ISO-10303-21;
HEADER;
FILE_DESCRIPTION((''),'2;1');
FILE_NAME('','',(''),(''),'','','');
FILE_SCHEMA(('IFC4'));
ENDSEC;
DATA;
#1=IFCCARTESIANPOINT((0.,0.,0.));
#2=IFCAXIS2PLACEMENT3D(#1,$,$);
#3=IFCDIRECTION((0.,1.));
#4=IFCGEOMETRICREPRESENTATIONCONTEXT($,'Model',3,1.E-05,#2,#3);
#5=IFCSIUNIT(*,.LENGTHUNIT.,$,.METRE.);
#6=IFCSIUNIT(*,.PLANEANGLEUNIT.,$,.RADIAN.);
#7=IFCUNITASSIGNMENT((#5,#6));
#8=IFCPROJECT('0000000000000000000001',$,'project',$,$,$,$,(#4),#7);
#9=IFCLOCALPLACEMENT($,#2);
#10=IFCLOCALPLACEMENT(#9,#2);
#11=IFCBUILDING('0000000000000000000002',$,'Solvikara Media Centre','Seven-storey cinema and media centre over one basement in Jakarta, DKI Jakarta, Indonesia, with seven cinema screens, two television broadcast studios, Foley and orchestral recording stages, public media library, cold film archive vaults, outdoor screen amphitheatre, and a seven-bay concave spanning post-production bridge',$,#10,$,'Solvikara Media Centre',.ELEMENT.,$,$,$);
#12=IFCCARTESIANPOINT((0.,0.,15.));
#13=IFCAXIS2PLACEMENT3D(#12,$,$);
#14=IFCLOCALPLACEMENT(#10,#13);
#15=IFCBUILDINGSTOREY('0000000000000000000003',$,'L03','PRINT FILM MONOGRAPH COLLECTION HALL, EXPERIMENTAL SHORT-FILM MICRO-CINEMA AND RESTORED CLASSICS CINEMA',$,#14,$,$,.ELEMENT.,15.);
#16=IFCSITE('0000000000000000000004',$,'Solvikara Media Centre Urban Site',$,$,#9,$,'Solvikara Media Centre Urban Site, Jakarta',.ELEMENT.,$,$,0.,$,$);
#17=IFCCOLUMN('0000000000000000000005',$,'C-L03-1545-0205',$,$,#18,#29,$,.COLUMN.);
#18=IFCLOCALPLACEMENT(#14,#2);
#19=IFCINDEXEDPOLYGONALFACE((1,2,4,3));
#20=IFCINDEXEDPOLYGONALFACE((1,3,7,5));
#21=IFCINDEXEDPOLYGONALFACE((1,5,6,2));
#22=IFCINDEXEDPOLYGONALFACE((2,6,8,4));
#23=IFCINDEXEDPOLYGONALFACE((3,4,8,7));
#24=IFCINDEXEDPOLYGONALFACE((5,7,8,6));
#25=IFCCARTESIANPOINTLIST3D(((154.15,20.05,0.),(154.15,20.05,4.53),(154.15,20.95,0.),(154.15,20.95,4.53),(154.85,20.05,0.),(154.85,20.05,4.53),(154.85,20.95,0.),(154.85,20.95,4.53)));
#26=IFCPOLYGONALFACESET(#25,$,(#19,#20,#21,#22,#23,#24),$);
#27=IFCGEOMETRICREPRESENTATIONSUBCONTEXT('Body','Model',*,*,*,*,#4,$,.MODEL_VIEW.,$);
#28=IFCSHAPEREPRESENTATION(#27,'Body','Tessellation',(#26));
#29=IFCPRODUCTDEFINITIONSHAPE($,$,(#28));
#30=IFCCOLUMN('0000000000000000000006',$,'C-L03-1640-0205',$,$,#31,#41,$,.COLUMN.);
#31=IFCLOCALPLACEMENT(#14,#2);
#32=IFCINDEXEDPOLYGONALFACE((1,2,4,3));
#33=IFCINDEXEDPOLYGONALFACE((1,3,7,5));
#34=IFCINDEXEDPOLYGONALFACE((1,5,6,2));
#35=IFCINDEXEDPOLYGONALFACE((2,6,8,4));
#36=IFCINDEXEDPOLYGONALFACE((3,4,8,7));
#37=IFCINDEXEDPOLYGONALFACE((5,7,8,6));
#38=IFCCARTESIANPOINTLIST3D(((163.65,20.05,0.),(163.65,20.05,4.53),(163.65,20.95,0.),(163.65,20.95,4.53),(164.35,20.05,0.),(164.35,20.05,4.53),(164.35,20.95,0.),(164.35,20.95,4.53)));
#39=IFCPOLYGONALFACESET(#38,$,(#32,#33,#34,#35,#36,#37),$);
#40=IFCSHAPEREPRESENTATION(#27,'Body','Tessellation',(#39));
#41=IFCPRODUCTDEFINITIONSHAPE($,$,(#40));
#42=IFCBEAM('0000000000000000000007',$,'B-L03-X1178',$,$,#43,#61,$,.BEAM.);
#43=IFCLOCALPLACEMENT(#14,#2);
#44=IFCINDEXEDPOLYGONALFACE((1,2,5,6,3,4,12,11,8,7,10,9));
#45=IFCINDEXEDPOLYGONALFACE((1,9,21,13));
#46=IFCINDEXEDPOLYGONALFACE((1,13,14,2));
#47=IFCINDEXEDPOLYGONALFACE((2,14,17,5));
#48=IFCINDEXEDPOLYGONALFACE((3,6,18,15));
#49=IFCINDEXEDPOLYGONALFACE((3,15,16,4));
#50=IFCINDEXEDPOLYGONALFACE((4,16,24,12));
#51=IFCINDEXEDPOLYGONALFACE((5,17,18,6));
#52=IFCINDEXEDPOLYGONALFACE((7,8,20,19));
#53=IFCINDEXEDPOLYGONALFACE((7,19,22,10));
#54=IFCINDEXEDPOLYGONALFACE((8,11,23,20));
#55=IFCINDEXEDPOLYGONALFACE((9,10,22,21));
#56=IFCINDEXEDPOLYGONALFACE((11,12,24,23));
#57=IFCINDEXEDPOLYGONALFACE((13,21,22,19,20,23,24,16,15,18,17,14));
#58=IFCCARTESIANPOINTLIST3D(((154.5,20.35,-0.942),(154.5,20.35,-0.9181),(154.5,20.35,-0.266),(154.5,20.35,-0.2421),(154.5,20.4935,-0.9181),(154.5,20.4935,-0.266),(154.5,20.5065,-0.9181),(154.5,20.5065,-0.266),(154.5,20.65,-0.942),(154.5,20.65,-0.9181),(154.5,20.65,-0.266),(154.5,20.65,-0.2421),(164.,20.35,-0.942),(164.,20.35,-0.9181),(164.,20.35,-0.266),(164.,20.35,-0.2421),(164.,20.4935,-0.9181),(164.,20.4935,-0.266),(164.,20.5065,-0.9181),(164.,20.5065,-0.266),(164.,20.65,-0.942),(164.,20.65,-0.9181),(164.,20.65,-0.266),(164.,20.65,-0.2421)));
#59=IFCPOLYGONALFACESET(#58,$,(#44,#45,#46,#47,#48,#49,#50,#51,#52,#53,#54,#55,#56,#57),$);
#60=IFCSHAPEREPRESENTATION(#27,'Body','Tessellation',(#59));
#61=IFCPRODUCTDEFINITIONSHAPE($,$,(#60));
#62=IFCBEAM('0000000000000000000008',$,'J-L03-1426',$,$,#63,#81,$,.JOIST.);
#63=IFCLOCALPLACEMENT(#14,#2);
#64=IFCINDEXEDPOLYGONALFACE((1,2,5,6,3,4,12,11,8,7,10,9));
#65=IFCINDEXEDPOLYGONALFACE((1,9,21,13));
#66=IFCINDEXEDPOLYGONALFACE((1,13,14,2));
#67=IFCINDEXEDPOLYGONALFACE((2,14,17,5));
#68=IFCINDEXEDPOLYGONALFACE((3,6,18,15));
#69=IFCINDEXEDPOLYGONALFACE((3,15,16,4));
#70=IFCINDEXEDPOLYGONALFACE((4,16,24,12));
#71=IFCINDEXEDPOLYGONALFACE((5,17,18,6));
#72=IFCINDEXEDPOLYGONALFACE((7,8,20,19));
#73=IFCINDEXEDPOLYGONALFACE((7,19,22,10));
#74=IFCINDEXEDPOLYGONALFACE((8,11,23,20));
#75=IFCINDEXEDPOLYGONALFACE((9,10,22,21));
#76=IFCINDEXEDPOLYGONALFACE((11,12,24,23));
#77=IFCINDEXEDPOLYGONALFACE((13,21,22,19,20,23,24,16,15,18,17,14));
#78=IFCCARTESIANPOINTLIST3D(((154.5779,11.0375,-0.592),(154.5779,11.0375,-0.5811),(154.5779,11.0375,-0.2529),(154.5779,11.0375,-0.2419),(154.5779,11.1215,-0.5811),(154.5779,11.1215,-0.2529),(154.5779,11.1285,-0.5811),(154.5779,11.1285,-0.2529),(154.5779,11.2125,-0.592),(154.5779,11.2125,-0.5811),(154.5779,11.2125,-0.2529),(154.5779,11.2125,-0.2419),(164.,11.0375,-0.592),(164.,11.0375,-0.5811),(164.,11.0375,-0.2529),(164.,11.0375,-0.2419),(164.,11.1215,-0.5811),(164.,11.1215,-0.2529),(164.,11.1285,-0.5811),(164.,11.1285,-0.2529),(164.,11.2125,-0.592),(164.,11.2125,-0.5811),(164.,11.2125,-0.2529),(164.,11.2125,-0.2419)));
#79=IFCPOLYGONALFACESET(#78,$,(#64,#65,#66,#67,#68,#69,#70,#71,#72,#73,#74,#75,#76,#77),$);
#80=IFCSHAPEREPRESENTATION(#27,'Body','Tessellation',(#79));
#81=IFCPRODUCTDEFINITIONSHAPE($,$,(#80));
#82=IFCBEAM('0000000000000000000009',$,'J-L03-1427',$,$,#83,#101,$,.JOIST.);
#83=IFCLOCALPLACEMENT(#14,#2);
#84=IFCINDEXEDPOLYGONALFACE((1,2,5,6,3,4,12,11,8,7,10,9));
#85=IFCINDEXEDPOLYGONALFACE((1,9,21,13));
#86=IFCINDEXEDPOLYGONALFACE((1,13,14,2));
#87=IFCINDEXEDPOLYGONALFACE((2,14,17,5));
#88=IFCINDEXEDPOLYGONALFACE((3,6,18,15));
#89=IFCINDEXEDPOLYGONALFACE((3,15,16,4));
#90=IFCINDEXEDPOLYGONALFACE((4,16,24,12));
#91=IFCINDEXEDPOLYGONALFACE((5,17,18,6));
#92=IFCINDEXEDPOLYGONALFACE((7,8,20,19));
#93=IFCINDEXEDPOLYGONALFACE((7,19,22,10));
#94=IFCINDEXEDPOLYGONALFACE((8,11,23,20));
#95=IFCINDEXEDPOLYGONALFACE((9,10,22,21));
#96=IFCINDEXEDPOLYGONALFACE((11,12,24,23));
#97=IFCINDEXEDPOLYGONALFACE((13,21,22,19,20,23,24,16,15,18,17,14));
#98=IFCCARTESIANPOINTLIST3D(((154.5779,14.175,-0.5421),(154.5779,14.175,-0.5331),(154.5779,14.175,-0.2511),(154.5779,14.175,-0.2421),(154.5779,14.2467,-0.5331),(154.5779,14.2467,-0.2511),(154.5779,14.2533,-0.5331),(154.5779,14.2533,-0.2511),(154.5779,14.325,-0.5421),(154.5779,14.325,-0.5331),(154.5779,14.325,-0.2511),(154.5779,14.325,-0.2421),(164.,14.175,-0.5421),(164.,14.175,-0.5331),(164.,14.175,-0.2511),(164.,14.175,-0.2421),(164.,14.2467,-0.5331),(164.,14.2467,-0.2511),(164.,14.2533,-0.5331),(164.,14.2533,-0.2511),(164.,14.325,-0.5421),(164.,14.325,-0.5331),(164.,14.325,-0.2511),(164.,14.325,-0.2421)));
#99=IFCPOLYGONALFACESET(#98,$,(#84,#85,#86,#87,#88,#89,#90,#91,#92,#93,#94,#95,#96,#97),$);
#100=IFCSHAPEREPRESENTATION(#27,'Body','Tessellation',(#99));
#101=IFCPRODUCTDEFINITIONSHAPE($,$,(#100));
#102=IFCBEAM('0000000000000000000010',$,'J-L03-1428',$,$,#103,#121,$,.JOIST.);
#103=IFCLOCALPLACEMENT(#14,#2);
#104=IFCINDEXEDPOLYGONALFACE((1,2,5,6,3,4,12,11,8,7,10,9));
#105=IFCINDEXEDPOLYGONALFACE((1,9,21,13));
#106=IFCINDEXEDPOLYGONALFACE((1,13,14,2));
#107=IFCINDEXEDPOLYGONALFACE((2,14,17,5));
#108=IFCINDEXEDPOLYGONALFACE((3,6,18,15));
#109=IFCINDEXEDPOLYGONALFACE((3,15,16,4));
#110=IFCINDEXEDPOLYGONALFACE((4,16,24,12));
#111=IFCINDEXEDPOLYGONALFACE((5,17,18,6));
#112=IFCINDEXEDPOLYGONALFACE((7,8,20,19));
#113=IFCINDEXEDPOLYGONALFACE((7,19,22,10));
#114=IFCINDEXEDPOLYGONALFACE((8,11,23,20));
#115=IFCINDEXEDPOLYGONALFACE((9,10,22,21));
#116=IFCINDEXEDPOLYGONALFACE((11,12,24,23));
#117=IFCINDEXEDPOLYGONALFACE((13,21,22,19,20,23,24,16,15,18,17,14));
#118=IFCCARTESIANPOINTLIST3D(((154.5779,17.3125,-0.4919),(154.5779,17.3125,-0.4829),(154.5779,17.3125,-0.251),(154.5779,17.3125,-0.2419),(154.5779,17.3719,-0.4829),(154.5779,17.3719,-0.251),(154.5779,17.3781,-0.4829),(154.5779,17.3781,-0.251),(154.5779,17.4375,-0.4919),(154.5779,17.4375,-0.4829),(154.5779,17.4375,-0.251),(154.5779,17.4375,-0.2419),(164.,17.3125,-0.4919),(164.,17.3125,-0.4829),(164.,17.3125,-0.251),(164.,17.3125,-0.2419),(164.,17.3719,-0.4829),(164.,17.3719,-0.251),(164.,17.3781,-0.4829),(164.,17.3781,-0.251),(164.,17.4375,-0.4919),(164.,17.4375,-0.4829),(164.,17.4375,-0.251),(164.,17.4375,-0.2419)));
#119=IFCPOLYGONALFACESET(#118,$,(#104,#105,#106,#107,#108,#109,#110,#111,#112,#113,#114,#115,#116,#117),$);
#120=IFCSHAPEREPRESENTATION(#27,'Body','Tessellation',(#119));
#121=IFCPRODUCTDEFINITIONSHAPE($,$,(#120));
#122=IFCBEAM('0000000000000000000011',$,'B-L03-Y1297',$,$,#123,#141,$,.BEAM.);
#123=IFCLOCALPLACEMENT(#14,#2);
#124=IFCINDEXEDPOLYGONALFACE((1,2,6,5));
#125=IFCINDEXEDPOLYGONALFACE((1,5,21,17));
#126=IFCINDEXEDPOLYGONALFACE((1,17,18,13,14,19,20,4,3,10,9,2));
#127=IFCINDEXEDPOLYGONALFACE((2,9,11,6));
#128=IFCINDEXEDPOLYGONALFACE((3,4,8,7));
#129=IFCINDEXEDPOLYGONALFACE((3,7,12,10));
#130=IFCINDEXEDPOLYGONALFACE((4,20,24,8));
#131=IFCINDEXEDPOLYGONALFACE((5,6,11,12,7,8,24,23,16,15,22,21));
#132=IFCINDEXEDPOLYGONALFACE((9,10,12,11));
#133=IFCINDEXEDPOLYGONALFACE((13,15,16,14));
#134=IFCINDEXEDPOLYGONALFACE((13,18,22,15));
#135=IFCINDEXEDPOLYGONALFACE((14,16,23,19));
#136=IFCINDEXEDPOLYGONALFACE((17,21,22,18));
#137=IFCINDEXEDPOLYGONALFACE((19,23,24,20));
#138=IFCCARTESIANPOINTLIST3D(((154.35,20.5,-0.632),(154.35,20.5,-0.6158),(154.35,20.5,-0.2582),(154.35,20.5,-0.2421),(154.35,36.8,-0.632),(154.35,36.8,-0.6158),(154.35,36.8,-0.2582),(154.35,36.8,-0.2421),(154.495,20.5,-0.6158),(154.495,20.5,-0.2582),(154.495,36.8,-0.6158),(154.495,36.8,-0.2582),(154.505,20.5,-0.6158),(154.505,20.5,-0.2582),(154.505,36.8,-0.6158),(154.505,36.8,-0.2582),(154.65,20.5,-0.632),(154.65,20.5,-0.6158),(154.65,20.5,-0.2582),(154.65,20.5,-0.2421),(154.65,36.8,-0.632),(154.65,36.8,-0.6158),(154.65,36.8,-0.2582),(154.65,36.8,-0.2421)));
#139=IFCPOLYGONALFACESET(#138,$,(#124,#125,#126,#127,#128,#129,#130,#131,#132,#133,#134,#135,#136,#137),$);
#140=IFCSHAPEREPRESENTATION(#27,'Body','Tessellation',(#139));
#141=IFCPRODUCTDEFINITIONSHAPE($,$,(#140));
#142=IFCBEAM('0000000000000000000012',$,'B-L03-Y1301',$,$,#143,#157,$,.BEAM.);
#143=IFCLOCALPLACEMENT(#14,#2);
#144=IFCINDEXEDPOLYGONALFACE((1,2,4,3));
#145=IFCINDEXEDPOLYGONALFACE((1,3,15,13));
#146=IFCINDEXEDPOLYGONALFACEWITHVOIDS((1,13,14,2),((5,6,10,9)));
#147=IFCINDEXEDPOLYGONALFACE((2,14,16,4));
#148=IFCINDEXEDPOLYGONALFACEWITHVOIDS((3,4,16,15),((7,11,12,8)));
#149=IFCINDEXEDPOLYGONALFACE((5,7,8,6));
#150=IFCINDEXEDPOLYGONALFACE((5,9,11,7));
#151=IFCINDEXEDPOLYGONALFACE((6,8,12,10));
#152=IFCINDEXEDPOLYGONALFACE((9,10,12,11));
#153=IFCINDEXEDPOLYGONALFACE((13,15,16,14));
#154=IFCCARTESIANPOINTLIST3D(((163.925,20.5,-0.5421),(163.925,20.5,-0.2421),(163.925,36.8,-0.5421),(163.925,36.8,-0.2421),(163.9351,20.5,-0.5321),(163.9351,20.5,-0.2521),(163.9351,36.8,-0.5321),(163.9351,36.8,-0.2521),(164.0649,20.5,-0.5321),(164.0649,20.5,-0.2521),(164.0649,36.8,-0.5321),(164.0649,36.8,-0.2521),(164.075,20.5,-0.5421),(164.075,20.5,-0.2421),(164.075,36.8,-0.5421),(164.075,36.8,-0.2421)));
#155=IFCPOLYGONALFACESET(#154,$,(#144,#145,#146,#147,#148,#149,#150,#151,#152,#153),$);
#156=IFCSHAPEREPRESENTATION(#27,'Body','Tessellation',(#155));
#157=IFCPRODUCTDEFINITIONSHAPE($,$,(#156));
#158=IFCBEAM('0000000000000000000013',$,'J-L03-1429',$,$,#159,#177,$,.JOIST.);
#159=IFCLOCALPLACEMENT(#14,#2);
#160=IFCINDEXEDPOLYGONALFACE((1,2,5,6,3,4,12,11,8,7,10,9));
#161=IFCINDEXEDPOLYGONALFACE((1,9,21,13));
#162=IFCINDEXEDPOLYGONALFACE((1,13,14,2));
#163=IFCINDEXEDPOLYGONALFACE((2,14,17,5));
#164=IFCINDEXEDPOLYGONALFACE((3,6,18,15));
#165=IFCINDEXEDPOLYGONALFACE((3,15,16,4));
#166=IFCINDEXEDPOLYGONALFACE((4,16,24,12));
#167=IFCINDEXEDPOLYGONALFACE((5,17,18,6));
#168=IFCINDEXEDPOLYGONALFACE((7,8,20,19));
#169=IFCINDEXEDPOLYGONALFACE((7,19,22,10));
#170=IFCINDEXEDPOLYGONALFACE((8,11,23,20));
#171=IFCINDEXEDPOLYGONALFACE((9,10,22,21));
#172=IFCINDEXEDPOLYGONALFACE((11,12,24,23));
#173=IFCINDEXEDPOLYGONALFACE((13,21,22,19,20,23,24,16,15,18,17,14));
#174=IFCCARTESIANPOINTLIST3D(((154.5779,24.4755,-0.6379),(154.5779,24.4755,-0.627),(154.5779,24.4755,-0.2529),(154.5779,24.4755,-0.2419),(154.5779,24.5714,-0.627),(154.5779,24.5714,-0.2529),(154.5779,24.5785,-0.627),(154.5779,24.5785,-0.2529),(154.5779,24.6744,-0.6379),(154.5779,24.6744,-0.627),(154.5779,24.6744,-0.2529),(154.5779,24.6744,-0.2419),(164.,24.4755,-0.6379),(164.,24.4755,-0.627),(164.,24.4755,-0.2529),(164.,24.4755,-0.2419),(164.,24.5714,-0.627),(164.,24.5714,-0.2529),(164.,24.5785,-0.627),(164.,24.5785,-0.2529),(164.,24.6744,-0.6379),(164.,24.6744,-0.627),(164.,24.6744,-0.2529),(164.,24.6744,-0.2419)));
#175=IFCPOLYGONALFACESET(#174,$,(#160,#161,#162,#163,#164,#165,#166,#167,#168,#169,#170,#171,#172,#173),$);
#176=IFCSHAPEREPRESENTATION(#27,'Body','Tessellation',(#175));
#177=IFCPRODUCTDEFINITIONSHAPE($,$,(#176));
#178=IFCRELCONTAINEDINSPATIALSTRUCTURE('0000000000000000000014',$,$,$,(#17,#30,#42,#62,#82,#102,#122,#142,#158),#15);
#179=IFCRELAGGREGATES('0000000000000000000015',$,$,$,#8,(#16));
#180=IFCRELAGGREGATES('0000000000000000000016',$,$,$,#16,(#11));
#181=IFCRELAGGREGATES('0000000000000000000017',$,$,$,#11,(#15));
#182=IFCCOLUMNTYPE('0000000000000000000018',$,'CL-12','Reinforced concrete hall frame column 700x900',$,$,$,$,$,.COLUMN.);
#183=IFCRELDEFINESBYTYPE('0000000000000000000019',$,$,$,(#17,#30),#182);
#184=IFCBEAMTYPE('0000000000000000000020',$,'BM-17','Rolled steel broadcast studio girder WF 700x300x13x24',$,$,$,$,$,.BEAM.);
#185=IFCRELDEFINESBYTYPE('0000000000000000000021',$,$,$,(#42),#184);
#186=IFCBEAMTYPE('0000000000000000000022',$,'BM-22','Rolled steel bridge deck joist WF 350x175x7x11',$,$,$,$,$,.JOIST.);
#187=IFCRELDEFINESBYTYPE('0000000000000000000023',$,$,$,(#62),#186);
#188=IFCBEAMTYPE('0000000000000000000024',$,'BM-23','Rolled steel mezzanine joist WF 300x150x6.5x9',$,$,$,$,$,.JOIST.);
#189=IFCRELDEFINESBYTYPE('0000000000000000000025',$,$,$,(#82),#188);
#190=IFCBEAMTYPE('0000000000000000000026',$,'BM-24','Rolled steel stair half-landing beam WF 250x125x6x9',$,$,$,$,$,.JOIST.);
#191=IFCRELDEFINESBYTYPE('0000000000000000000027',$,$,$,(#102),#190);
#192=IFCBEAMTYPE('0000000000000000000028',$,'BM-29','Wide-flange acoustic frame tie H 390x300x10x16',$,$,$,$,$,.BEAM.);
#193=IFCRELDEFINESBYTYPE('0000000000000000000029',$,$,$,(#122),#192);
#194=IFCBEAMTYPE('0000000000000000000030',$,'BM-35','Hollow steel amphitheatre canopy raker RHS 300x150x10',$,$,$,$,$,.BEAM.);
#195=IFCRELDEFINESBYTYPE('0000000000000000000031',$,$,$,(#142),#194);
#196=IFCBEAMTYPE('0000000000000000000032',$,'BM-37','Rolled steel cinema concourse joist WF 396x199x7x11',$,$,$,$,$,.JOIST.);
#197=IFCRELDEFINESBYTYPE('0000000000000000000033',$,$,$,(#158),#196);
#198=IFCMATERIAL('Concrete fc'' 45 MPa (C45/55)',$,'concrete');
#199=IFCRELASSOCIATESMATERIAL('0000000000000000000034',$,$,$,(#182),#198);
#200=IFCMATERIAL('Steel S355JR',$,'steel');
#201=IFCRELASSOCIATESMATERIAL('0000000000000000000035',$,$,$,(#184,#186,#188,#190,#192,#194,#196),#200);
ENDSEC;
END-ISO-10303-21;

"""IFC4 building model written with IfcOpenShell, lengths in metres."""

from ifc_helpers import new_model, si_unit, direction, frame, origin, origin_2d, place, context, subcontext, project, spatial, rectangle, hollow_rectangle, i_section, extrude, material, material_profile, profile_set, type_object, element, save


model = new_model("IFC4")

# Units and contexts
model_context = context("Model", 3, precision=1e-05, world=origin(), true_north=direction((0.0, 1.0)))
body_context = subcontext(model_context, "Body", "Model", "MODEL_VIEW")
ifc_project = project(units=[si_unit("LENGTHUNIT", "METRE"), si_unit("PLANEANGLEUNIT", "RADIAN")], contexts=[model_context])

# Site, building, storey
site_placement = place(None, origin())
site = spatial("IfcSite", under=ifc_project, at=site_placement, Name="Solvikara Media Centre Urban Site", LongName="Solvikara Media Centre Urban Site, Jakarta", CompositionType="ELEMENT", RefElevation=0.0)
building_placement = place(site_placement, origin())
building = spatial("IfcBuilding", under=site, at=building_placement, Name="Solvikara Media Centre", Description="Seven-storey cinema and media centre over one basement in Jakarta, DKI Jakarta, Indonesia, with seven cinema screens, two television broadcast studios, Foley and orchestral recording stages, public media library, cold film archive vaults, outdoor screen amphitheatre, and a seven-bay concave spanning post-production bridge", LongName="Solvikara Media Centre", CompositionType="ELEMENT")
storey_placement = place(building_placement, frame((0.0, 0.0, 15.0)))
storey = spatial("IfcBuildingStorey", under=building, at=storey_placement, Name="L03", Description="PRINT FILM MONOGRAPH COLLECTION HALL, EXPERIMENTAL SHORT-FILM MICRO-CINEMA AND RESTORED CLASSICS CINEMA", CompositionType="ELEMENT", Elevation=15.0)

# Columns
ifc_material_1 = material(Name="Concrete fc' 45 MPa (C45/55)", Category="concrete")
ifc_material_profile_1 = material_profile(ifc_material_1, rectangle(XDim=0.7, YDim=0.8999, at=origin_2d()), Name="RC 700x900")
ifc_profile_set_1 = profile_set([ifc_material_profile_1], Name="Concrete fc' 45 MPa (C45/55)")
column_type = type_object("IfcColumnType", Name="CL-12", Description="Reinforced concrete hall frame column 700x900", PredefinedType="COLUMN", material=ifc_profile_set_1)
for number, where, z_axis, x_axis, name in (
    (1, (154.5, 20.5, 0.0), (0.0, 0.0, 1.0), (1.0, 0.0, 0.0), "C-L03-1545-0205"),
    (2, (164.0, 20.5, 0.0), (0.0, 0.0, 1.0), (1.0, 0.0, 0.0), "C-L03-1640-0205"),
):
    element("IfcColumn", number, at=place(storey_placement, frame(where, z_axis=z_axis, x_axis=x_axis)), inside=storey, type_object=column_type, Name=name, PredefinedType="COLUMN", context=body_context, shape_type="SweptSolid", body=[
        extrude(rectangle(XDim=0.7, YDim=0.8999, at=origin_2d()), origin(), (0.0, 0.0, 1.0), 4.53),
    ])

# Beams
ifc_material_2 = material(Name="Steel S355JR", Category="steel")
ifc_material_profile_2 = material_profile(ifc_material_2, i_section(OverallWidth=0.3, OverallDepth=0.7, WebThickness=0.0129, FlangeThickness=0.0239, at=origin_2d()), Name="WF 700x300x13x24")
ifc_profile_set_2 = profile_set([ifc_material_profile_2], Name="Steel S355JR")
beam_type_1 = type_object("IfcBeamType", Name="BM-17", Description="Rolled steel broadcast studio girder WF 700x300x13x24", PredefinedType="BEAM", material=ifc_profile_set_2)
beam_1_placement = place(storey_placement, frame((154.5, 20.5, -0.592), z_axis=(1.0, 0.0, 0.0), x_axis=(0.0, 1.0, 0.0)))
element("IfcBeam", 3, at=beam_1_placement, inside=storey, type_object=beam_type_1, Name="B-L03-X1178", PredefinedType="BEAM", context=body_context, shape_type="SweptSolid", body=[
    extrude(i_section(OverallWidth=0.3, OverallDepth=0.7, WebThickness=0.0129, FlangeThickness=0.0239, at=origin_2d()), origin(), (0.0, 0.0, 1.0), 9.5),
])
ifc_material_profile_3 = material_profile(ifc_material_2, i_section(OverallWidth=0.175, OverallDepth=0.3501, WebThickness=0.0071, FlangeThickness=0.011, at=origin_2d()), Name="WF 350x175x7x11")
ifc_profile_set_3 = profile_set([ifc_material_profile_3], Name="Steel S355JR")
beam_type_2 = type_object("IfcBeamType", Name="BM-22", Description="Rolled steel bridge deck joist WF 350x175x7x11", PredefinedType="JOIST", material=ifc_profile_set_3)
beam_2_placement = place(storey_placement, frame((154.5779, 11.125, -0.417), z_axis=(1.0, 0.0, 0.0), x_axis=(0.0, 1.0, 0.0)))
element("IfcBeam", 4, at=beam_2_placement, inside=storey, type_object=beam_type_2, Name="J-L03-1426", PredefinedType="JOIST", context=body_context, shape_type="SweptSolid", body=[
    extrude(i_section(OverallWidth=0.175, OverallDepth=0.3501, WebThickness=0.0071, FlangeThickness=0.011, at=origin_2d()), origin(), (0.0, 0.0, 1.0), 9.4221),
])
ifc_material_profile_4 = material_profile(ifc_material_2, i_section(OverallWidth=0.1499, OverallDepth=0.3, WebThickness=0.0066, FlangeThickness=0.009, at=origin_2d()), Name="WF 300x150x6.5x9")
ifc_profile_set_4 = profile_set([ifc_material_profile_4], Name="Steel S355JR")
beam_type_3 = type_object("IfcBeamType", Name="BM-23", Description="Rolled steel mezzanine joist WF 300x150x6.5x9", PredefinedType="JOIST", material=ifc_profile_set_4)
beam_3_placement = place(storey_placement, frame((154.5779, 14.25, -0.3921), z_axis=(1.0, 0.0, 0.0), x_axis=(0.0, 1.0, 0.0)))
element("IfcBeam", 5, at=beam_3_placement, inside=storey, type_object=beam_type_3, Name="J-L03-1427", PredefinedType="JOIST", context=body_context, shape_type="SweptSolid", body=[
    extrude(i_section(OverallWidth=0.1499, OverallDepth=0.3, WebThickness=0.0066, FlangeThickness=0.009, at=origin_2d()), origin(), (0.0, 0.0, 1.0), 9.4221),
])
ifc_material_profile_5 = material_profile(ifc_material_2, i_section(OverallWidth=0.125, OverallDepth=0.25, WebThickness=0.0061, FlangeThickness=0.009, at=origin_2d()), Name="WF 250x125x6x9")
ifc_profile_set_5 = profile_set([ifc_material_profile_5], Name="Steel S355JR")
beam_type_4 = type_object("IfcBeamType", Name="BM-24", Description="Rolled steel stair half-landing beam WF 250x125x6x9", PredefinedType="JOIST", material=ifc_profile_set_5)
beam_4_placement = place(storey_placement, frame((154.5779, 17.375, -0.3669), z_axis=(1.0, 0.0, 0.0), x_axis=(0.0, 1.0, 0.0)))
element("IfcBeam", 6, at=beam_4_placement, inside=storey, type_object=beam_type_4, Name="J-L03-1428", PredefinedType="JOIST", context=body_context, shape_type="SweptSolid", body=[
    extrude(i_section(OverallWidth=0.125, OverallDepth=0.25, WebThickness=0.0061, FlangeThickness=0.009, at=origin_2d()), origin(), (0.0, 0.0, 1.0), 9.4221),
])
ifc_material_profile_6 = material_profile(ifc_material_2, i_section(OverallWidth=0.3, OverallDepth=0.3899, WebThickness=0.01, FlangeThickness=0.0161, at=origin_2d()), Name="H 390x300x10x16")
ifc_profile_set_6 = profile_set([ifc_material_profile_6], Name="Steel S355JR")
beam_type_5 = type_object("IfcBeamType", Name="BM-29", Description="Wide-flange acoustic frame tie H 390x300x10x16", PredefinedType="BEAM", material=ifc_profile_set_6)
beam_5_placement = place(storey_placement, frame((154.5, 20.5, -0.437), z_axis=(0.0, 1.0, 0.0), x_axis=(-1.0, 0.0, 0.0)))
element("IfcBeam", 7, at=beam_5_placement, inside=storey, type_object=beam_type_5, Name="B-L03-Y1297", PredefinedType="BEAM", context=body_context, shape_type="SweptSolid", body=[
    extrude(i_section(OverallWidth=0.3, OverallDepth=0.3899, WebThickness=0.01, FlangeThickness=0.0161, at=origin_2d()), origin(), (0.0, 0.0, 1.0), 16.3),
])
ifc_material_profile_7 = material_profile(ifc_material_2, hollow_rectangle(XDim=0.1499, YDim=0.3, WallThickness=0.01, at=origin_2d()), Name="RHS 300x150x10")
ifc_profile_set_7 = profile_set([ifc_material_profile_7], Name="Steel S355JR")
beam_type_6 = type_object("IfcBeamType", Name="BM-35", Description="Hollow steel amphitheatre canopy raker RHS 300x150x10", PredefinedType="BEAM", material=ifc_profile_set_7)
beam_6_placement = place(storey_placement, frame((164.0, 20.5, -0.3921), z_axis=(0.0, 1.0, 0.0), x_axis=(-1.0, 0.0, 0.0)))
element("IfcBeam", 8, at=beam_6_placement, inside=storey, type_object=beam_type_6, Name="B-L03-Y1301", PredefinedType="BEAM", context=body_context, shape_type="SweptSolid", body=[
    extrude(hollow_rectangle(XDim=0.1499, YDim=0.3, WallThickness=0.01, at=origin_2d()), origin(), (0.0, 0.0, 1.0), 16.3),
])
ifc_material_profile_8 = material_profile(ifc_material_2, i_section(OverallWidth=0.199, OverallDepth=0.396, WebThickness=0.0071, FlangeThickness=0.011, at=origin_2d()), Name="WF 396x199x7x11")
ifc_profile_set_8 = profile_set([ifc_material_profile_8], Name="Steel S355JR")
beam_type_7 = type_object("IfcBeamType", Name="BM-37", Description="Rolled steel cinema concourse joist WF 396x199x7x11", PredefinedType="JOIST", material=ifc_profile_set_8)
beam_7_placement = place(storey_placement, frame((154.5779, 24.575, -0.4399), z_axis=(1.0, 0.0, 0.0), x_axis=(0.0, 1.0, 0.0)))
element("IfcBeam", 9, at=beam_7_placement, inside=storey, type_object=beam_type_7, Name="J-L03-1429", PredefinedType="JOIST", context=body_context, shape_type="SweptSolid", body=[
    extrude(i_section(OverallWidth=0.199, OverallDepth=0.396, WebThickness=0.0071, FlangeThickness=0.011, at=origin_2d()), origin(), (0.0, 0.0, 1.0), 9.4221),
])

save(model, "model.ifc")
